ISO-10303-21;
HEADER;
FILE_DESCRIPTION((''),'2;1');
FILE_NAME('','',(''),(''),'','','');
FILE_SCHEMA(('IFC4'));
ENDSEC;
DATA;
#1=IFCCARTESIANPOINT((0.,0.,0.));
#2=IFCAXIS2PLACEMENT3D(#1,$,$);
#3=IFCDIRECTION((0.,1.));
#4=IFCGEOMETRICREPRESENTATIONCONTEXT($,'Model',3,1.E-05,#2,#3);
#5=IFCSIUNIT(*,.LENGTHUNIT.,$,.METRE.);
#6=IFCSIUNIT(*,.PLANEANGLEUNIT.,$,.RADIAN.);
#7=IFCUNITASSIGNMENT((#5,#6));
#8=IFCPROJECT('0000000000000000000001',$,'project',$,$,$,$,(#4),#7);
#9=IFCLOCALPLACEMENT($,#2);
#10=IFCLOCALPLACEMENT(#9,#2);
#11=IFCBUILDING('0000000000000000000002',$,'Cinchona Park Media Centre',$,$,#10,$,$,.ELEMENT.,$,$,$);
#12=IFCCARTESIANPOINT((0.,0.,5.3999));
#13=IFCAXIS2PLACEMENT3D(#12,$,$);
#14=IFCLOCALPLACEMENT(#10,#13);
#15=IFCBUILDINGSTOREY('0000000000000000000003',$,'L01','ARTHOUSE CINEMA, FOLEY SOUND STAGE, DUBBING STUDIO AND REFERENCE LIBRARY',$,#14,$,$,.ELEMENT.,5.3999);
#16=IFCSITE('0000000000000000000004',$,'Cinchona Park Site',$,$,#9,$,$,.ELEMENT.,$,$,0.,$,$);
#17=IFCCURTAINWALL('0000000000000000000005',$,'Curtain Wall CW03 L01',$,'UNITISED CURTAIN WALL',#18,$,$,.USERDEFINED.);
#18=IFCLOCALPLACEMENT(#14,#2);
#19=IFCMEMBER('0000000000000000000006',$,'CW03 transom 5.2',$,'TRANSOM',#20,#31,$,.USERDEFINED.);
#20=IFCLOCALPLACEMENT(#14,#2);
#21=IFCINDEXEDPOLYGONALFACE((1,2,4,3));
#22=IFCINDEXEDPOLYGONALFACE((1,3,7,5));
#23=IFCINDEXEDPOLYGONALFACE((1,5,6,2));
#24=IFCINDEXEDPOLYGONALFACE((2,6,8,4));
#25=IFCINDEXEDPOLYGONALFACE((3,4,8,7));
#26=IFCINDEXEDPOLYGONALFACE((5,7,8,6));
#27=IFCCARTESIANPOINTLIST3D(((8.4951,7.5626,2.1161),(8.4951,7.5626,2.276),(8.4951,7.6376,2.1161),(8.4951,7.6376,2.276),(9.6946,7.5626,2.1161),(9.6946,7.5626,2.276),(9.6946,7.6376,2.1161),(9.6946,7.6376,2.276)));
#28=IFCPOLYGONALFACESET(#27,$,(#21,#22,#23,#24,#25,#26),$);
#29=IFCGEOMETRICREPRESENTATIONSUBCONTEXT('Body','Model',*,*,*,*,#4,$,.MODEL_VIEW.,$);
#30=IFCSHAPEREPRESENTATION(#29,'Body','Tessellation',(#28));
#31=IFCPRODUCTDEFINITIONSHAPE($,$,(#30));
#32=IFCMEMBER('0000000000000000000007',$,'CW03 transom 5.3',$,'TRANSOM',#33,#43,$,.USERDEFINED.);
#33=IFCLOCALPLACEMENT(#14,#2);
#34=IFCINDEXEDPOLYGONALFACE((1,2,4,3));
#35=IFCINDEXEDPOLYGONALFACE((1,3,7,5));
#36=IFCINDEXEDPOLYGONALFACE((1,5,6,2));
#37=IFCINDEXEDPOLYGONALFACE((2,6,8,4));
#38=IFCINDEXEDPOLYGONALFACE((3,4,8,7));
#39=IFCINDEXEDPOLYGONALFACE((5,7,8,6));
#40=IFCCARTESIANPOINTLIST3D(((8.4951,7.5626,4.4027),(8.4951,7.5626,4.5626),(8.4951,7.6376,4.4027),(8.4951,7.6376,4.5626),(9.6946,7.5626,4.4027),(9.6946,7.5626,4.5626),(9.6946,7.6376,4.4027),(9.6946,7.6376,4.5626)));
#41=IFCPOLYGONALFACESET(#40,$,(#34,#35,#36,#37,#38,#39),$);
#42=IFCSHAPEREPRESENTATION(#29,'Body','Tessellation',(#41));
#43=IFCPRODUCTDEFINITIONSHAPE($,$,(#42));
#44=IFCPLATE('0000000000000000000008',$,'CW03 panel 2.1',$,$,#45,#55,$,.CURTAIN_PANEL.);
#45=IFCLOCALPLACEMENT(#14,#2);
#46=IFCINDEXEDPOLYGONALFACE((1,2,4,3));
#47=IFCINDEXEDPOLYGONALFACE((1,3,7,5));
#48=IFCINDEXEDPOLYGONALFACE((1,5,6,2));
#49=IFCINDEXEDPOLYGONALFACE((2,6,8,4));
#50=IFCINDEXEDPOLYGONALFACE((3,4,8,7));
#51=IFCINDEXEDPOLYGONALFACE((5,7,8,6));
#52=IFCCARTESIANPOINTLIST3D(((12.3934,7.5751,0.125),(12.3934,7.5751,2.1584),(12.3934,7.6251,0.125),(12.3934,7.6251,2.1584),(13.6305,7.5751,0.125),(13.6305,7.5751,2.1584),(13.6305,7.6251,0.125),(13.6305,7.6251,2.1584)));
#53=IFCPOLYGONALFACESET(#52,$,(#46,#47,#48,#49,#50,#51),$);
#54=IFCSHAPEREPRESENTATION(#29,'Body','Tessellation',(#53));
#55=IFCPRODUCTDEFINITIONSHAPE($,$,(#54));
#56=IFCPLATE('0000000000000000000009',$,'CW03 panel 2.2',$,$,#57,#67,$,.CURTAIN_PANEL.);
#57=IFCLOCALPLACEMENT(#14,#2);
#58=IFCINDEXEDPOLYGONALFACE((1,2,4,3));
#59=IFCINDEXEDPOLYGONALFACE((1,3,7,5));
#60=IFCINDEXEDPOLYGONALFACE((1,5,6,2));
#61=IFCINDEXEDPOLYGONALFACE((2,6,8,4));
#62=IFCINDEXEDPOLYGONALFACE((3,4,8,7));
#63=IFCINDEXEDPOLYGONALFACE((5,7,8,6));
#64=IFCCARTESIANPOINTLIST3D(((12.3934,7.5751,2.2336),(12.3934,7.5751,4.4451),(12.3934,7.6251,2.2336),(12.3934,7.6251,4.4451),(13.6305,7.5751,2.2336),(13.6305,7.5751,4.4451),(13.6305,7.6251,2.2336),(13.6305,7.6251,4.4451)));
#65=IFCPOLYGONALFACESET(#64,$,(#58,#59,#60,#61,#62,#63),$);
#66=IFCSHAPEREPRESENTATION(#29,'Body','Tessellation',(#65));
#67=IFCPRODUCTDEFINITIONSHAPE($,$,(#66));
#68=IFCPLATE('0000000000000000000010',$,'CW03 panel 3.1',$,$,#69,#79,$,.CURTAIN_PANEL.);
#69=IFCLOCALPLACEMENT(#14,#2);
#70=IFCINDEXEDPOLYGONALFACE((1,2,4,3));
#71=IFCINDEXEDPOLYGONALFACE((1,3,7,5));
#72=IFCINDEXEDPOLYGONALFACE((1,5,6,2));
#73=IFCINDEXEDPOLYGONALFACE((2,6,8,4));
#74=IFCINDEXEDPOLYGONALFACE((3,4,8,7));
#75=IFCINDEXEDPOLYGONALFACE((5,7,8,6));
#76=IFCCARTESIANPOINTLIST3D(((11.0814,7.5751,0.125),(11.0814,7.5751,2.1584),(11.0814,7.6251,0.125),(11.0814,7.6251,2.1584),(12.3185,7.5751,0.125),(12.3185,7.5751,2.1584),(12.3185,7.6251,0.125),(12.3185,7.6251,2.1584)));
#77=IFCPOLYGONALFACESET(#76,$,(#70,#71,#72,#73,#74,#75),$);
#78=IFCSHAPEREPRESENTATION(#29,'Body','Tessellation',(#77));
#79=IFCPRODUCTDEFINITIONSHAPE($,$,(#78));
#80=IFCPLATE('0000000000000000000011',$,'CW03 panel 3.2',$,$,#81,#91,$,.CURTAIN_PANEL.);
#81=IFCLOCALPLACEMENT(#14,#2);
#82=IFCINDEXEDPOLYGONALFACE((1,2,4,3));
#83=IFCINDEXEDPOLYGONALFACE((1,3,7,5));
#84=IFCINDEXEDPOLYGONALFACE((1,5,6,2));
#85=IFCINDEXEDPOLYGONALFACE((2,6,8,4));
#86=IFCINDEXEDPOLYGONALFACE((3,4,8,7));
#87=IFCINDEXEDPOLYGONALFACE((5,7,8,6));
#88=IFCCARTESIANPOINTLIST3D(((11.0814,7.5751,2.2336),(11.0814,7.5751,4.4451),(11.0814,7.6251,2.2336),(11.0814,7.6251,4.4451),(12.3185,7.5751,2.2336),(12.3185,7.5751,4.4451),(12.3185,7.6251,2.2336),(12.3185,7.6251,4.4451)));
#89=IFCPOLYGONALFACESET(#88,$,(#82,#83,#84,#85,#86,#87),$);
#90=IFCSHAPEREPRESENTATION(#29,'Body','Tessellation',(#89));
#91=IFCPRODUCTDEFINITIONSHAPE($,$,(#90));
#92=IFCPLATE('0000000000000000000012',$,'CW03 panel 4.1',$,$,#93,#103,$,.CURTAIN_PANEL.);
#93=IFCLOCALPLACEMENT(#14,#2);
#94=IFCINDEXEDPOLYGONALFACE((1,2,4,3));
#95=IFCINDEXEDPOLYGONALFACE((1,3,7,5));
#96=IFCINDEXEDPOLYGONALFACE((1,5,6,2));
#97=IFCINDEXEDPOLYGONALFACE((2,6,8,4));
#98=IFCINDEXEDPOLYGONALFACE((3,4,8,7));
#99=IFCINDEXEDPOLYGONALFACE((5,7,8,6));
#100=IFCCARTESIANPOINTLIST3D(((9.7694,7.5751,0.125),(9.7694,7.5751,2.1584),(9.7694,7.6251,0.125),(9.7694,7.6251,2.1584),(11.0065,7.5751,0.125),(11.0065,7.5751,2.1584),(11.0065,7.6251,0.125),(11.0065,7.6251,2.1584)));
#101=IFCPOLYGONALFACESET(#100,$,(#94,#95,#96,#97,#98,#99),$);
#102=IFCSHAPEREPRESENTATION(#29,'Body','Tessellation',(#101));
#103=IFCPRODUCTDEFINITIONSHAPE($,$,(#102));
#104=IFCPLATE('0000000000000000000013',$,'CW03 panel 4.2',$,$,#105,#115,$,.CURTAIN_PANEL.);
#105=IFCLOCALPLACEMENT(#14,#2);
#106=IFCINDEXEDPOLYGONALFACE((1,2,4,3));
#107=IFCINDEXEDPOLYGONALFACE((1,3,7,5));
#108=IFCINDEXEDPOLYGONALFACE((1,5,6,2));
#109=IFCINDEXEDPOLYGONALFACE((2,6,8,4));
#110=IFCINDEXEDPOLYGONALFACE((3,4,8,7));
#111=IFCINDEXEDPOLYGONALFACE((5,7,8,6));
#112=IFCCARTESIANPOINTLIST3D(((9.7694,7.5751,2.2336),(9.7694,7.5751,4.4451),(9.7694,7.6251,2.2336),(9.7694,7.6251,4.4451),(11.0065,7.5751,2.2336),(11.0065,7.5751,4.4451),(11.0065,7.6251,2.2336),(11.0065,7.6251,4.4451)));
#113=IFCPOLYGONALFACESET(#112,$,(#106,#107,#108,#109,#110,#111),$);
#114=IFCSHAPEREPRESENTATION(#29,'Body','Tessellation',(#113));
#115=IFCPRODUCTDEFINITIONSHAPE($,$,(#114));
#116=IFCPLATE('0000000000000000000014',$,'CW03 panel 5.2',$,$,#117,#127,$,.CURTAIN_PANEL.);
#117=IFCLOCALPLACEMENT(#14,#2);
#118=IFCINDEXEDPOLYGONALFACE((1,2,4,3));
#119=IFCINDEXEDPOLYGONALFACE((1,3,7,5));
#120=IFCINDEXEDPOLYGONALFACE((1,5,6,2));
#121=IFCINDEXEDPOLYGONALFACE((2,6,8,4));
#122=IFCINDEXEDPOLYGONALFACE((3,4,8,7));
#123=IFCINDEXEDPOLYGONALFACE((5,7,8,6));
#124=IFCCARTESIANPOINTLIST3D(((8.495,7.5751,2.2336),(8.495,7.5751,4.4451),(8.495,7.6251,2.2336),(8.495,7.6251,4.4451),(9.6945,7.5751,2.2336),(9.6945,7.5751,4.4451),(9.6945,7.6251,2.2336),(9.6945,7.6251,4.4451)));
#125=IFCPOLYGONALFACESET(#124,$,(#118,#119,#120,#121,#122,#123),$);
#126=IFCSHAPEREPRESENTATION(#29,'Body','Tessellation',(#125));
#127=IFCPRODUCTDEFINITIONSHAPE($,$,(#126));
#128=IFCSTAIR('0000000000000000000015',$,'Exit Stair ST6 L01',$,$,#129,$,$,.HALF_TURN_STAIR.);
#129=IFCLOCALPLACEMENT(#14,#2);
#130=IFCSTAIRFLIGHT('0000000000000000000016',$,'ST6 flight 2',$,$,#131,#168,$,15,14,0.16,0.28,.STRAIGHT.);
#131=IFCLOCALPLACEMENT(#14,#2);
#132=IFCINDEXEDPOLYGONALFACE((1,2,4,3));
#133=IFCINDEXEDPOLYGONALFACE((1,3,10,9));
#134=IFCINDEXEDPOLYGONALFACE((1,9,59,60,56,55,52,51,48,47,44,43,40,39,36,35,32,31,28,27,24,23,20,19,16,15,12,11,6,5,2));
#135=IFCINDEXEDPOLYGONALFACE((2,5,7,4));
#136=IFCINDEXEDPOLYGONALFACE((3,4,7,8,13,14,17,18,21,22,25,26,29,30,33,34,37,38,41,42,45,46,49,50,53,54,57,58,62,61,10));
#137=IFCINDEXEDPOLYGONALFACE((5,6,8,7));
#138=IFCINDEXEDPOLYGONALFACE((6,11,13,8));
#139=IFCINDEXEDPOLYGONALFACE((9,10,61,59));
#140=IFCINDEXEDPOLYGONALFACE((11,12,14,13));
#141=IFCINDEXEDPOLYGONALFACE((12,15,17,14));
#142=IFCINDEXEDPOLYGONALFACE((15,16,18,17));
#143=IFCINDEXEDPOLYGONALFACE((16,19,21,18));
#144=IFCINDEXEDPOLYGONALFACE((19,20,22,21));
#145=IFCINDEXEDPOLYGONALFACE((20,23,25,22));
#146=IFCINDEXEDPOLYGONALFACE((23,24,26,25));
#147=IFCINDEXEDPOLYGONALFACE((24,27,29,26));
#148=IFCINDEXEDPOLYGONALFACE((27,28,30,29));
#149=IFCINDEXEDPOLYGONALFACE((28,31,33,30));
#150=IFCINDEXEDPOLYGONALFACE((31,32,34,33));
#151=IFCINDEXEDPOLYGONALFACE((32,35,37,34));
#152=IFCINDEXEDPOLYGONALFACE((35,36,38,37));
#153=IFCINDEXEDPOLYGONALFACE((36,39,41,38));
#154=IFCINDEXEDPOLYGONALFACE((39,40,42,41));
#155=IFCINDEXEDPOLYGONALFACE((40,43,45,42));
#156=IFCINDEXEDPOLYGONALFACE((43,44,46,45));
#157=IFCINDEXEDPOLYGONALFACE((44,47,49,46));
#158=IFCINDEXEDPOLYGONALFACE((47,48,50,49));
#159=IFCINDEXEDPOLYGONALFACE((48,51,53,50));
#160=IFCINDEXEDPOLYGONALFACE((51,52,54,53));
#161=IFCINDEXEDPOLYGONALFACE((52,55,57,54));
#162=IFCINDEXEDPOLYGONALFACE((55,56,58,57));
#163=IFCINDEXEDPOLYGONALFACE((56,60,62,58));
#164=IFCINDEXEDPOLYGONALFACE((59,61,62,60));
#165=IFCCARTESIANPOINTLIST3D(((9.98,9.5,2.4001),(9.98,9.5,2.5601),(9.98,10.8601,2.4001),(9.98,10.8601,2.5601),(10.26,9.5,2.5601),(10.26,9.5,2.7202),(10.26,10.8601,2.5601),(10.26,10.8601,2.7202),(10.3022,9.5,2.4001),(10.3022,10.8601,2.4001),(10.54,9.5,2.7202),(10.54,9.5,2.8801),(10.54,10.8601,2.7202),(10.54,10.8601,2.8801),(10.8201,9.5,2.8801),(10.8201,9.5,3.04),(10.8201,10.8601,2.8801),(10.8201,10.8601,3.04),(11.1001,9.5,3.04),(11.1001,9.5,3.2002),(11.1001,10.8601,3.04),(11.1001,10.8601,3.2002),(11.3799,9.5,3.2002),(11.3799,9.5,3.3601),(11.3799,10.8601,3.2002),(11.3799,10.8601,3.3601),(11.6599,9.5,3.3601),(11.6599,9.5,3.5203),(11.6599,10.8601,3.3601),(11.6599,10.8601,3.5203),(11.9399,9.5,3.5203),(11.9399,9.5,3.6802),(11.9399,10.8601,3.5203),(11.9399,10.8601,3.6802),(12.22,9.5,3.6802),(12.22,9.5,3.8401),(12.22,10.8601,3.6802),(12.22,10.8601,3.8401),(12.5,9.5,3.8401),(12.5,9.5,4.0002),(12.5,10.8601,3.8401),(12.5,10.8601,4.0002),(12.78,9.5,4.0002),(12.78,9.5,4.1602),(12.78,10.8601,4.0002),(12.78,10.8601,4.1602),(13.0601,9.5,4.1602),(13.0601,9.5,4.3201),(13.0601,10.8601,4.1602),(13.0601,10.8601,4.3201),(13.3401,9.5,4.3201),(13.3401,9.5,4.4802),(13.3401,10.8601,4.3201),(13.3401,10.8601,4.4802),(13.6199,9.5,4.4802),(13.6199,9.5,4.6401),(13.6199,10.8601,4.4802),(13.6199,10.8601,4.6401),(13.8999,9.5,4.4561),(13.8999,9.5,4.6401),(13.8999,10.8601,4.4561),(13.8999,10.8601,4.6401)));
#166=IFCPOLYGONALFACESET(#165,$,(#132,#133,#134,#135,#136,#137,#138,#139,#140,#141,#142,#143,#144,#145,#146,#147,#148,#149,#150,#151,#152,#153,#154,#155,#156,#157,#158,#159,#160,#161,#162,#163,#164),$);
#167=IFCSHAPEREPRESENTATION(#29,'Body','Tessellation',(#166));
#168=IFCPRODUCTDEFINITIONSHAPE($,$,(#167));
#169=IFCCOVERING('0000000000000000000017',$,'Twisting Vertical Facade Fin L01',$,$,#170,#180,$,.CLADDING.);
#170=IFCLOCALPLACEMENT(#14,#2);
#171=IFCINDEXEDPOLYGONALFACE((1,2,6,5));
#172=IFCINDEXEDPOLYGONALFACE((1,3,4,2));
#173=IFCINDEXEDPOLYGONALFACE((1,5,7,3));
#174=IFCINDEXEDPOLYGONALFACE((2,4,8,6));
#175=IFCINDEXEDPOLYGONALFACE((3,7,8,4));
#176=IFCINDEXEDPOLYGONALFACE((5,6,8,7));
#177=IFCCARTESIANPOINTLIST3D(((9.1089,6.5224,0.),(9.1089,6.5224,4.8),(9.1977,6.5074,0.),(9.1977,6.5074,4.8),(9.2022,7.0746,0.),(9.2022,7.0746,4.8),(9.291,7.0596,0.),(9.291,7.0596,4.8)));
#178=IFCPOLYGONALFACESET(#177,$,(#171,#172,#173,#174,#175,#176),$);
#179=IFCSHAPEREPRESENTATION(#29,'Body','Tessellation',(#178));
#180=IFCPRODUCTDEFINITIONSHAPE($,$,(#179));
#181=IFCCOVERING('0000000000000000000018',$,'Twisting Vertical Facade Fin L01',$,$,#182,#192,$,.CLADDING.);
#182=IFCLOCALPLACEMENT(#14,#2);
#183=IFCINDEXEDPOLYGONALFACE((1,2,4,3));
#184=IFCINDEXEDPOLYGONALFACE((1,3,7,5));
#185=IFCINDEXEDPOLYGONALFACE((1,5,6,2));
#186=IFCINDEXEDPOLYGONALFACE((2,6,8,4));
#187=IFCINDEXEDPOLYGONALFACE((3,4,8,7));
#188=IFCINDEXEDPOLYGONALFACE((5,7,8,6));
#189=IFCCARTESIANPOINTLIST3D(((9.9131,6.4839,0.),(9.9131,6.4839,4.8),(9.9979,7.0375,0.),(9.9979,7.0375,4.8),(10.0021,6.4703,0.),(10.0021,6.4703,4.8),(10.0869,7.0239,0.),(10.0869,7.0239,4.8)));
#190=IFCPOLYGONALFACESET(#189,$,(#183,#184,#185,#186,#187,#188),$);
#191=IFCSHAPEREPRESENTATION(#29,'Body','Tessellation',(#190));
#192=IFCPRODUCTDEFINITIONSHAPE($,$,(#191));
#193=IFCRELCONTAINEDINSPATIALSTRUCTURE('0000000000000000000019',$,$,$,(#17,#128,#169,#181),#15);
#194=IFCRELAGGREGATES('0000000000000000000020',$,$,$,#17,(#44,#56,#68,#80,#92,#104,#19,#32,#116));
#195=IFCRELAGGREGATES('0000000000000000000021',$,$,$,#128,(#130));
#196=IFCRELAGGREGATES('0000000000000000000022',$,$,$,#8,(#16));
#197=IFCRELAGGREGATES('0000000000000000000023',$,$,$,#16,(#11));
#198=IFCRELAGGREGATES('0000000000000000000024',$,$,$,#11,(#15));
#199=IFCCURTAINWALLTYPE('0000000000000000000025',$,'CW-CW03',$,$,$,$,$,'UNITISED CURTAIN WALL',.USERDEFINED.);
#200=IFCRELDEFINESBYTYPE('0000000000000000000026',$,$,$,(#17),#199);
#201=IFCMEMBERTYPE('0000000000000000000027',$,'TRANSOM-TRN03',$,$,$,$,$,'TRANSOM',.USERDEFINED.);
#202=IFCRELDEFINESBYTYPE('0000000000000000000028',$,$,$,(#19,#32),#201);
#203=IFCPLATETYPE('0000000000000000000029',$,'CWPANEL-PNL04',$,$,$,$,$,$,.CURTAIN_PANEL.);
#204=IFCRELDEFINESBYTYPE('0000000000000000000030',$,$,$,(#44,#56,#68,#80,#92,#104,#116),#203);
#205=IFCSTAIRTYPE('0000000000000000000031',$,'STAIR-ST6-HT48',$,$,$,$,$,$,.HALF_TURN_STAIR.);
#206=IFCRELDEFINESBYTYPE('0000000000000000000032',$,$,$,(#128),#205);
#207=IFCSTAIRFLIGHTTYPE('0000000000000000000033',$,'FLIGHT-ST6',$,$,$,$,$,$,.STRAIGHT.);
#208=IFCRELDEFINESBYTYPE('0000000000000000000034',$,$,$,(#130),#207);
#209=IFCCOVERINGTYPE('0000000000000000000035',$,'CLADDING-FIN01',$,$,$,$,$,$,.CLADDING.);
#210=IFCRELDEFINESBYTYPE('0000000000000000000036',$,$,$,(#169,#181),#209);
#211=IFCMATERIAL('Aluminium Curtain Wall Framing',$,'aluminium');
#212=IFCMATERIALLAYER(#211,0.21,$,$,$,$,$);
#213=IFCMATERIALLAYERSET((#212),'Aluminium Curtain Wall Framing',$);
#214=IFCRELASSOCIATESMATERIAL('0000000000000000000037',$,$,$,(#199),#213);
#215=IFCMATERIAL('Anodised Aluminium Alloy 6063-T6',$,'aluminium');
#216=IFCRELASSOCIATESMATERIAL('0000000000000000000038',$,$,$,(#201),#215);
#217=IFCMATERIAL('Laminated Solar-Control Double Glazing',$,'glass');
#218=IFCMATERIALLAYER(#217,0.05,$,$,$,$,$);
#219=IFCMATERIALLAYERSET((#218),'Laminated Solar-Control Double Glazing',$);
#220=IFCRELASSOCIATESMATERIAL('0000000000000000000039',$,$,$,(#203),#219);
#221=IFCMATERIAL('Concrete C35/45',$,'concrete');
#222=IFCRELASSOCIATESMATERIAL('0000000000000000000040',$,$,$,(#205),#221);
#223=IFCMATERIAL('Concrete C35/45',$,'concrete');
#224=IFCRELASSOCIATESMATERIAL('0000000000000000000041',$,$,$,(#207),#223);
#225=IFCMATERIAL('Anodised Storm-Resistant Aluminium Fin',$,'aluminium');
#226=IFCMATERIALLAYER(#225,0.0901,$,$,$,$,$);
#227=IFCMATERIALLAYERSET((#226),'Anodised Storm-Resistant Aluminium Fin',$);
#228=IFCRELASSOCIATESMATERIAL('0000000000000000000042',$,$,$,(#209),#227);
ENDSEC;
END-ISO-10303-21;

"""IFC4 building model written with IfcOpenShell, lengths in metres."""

from ifc_helpers import new_model, si_unit, direction, frame, origin, origin_2d, place, context, subcontext, project, spatial, polyline, rectangle, outline, extrude, material, layer, layer_set, material_profile, profile_set, type_object, element, aggregate, save


model = new_model("IFC4")

# Units and contexts
model_context = context("Model", 3, precision=1e-05, world=origin(), true_north=direction((0.0, 1.0)))
body_context = subcontext(model_context, "Body", "Model", "MODEL_VIEW")
ifc_project = project(units=[si_unit("LENGTHUNIT", "METRE"), si_unit("PLANEANGLEUNIT", "RADIAN")], contexts=[model_context])

# Site, building, storey
site_placement = place(None, origin())
site = spatial("IfcSite", under=ifc_project, at=site_placement, Name="Cinchona Park Site", CompositionType="ELEMENT", RefElevation=0.0)
building_placement = place(site_placement, origin())
building = spatial("IfcBuilding", under=site, at=building_placement, Name="Cinchona Park Media Centre", CompositionType="ELEMENT")
storey_placement = place(building_placement, frame((0.0, 0.0, 5.3999)))
storey = spatial("IfcBuildingStorey", under=building, at=storey_placement, Name="L01", Description="ARTHOUSE CINEMA, FOLEY SOUND STAGE, DUBBING STUDIO AND REFERENCE LIBRARY", CompositionType="ELEMENT", Elevation=5.3999)

# Curtain wall, members, plates
ifc_material_1 = material(Name="Aluminium Curtain Wall Framing", Category="aluminium")
ifc_layer_1 = layer(ifc_material_1, 0.21)
ifc_layer_set_1 = layer_set([ifc_layer_1], Name="Aluminium Curtain Wall Framing")
curtain_wall_type = type_object("IfcCurtainWallType", Name="CW-CW03", ElementType="UNITISED CURTAIN WALL", PredefinedType="USERDEFINED", material=ifc_layer_set_1)
curtain_wall_placement = place(storey_placement, origin())
curtain_wall = element("IfcCurtainWall", 1, at=curtain_wall_placement, inside=storey, type_object=curtain_wall_type, Name="Curtain Wall CW03 L01", ObjectType="UNITISED CURTAIN WALL", PredefinedType="USERDEFINED")
ifc_material_2 = material(Name="Anodised Aluminium Alloy 6063-T6", Category="aluminium")
ifc_material_profile_1 = material_profile(ifc_material_2, rectangle(XDim=0.075, YDim=0.1599, at=origin_2d()), Name="TRN-75X160")
ifc_profile_set_1 = profile_set([ifc_material_profile_1], Name="Anodised Aluminium Alloy 6063-T6")
member_type_1 = type_object("IfcMemberType", Name="TRANSOM-TRN03", ElementType="TRANSOM", PredefinedType="USERDEFINED", material=ifc_profile_set_1)
member_1_placement = place(storey_placement, frame((9.6946, 7.6001, 2.196), z_axis=(-1.0, 0.0, 0.0), x_axis=(0.0, -1.0, 0.0)))
member_1 = element("IfcMember", 2, at=member_1_placement, type_object=member_type_1, Name="CW03 transom 5.2", ObjectType="TRANSOM", PredefinedType="USERDEFINED", context=body_context, shape_type="SweptSolid", body=[
    extrude(rectangle(XDim=0.075, YDim=0.1599, at=origin_2d()), origin(), (0.0, 0.0, 1.0), 1.1995),
])
member_2_placement = place(storey_placement, frame((9.6946, 7.6001, 4.4827), z_axis=(-1.0, 0.0, 0.0), x_axis=(0.0, -1.0, 0.0)))
member_2 = element("IfcMember", 3, at=member_2_placement, type_object=member_type_1, Name="CW03 transom 5.3", ObjectType="TRANSOM", PredefinedType="USERDEFINED", context=body_context, shape_type="SweptSolid", body=[
    extrude(rectangle(XDim=0.075, YDim=0.1599, at=origin_2d()), origin(), (0.0, 0.0, 1.0), 1.1995),
])
ifc_material_3 = material(Name="Laminated Solar-Control Double Glazing", Category="glass")
ifc_layer_2 = layer(ifc_material_3, 0.05)
ifc_layer_set_2 = layer_set([ifc_layer_2], Name="Laminated Solar-Control Double Glazing")
plate_type = type_object("IfcPlateType", Name="CWPANEL-PNL04", PredefinedType="CURTAIN_PANEL", material=ifc_layer_set_2)
plate_1_placement = place(storey_placement, frame((13.012, 7.6001, 0.125), z_axis=(0.0, 0.0, 1.0), x_axis=(-1.0, 0.0, 0.0)))
plate_1 = element("IfcPlate", 4, at=plate_1_placement, type_object=plate_type, Name="CW03 panel 2.1", PredefinedType="CURTAIN_PANEL", context=body_context, shape_type="SweptSolid", body=[
    extrude(rectangle(XDim=1.2371, YDim=0.05, at=origin_2d()), origin(), (0.0, 0.0, 1.0), 2.0334),
])
plate_2_placement = place(storey_placement, frame((13.012, 7.6001, 2.2336), z_axis=(0.0, 0.0, 1.0), x_axis=(-1.0, 0.0, 0.0)))
plate_2 = element("IfcPlate", 5, at=plate_2_placement, type_object=plate_type, Name="CW03 panel 2.2", PredefinedType="CURTAIN_PANEL", context=body_context, shape_type="SweptSolid", body=[
    extrude(rectangle(XDim=1.2371, YDim=0.05, at=origin_2d()), origin(), (0.0, 0.0, 1.0), 2.2114),
])
plate_3_placement = place(storey_placement, frame((11.7, 7.6001, 0.125), z_axis=(0.0, 0.0, 1.0), x_axis=(-1.0, 0.0, 0.0)))
plate_3 = element("IfcPlate", 6, at=plate_3_placement, type_object=plate_type, Name="CW03 panel 3.1", PredefinedType="CURTAIN_PANEL", context=body_context, shape_type="SweptSolid", body=[
    extrude(rectangle(XDim=1.2371, YDim=0.05, at=origin_2d()), origin(), (0.0, 0.0, 1.0), 2.0334),
])
plate_4_placement = place(storey_placement, frame((11.7, 7.6001, 2.2336), z_axis=(0.0, 0.0, 1.0), x_axis=(-1.0, 0.0, 0.0)))
plate_4 = element("IfcPlate", 7, at=plate_4_placement, type_object=plate_type, Name="CW03 panel 3.2", PredefinedType="CURTAIN_PANEL", context=body_context, shape_type="SweptSolid", body=[
    extrude(rectangle(XDim=1.2371, YDim=0.05, at=origin_2d()), origin(), (0.0, 0.0, 1.0), 2.2114),
])
plate_5_placement = place(storey_placement, frame((10.3879, 7.6001, 0.125), z_axis=(0.0, 0.0, 1.0), x_axis=(-1.0, 0.0, 0.0)))
plate_5 = element("IfcPlate", 8, at=plate_5_placement, type_object=plate_type, Name="CW03 panel 4.1", PredefinedType="CURTAIN_PANEL", context=body_context, shape_type="SweptSolid", body=[
    extrude(rectangle(XDim=1.2371, YDim=0.05, at=origin_2d()), origin(), (0.0, 0.0, 1.0), 2.0334),
])
plate_6_placement = place(storey_placement, frame((10.3879, 7.6001, 2.2336), z_axis=(0.0, 0.0, 1.0), x_axis=(-1.0, 0.0, 0.0)))
plate_6 = element("IfcPlate", 9, at=plate_6_placement, type_object=plate_type, Name="CW03 panel 4.2", PredefinedType="CURTAIN_PANEL", context=body_context, shape_type="SweptSolid", body=[
    extrude(rectangle(XDim=1.2371, YDim=0.05, at=origin_2d()), origin(), (0.0, 0.0, 1.0), 2.2114),
])
plate_7_placement = place(storey_placement, frame((9.0947, 7.6001, 2.2336), z_axis=(0.0, 0.0, 1.0), x_axis=(-1.0, 0.0, 0.0)))
plate_7 = element("IfcPlate", 10, at=plate_7_placement, type_object=plate_type, Name="CW03 panel 5.2", PredefinedType="CURTAIN_PANEL", context=body_context, shape_type="SweptSolid", body=[
    extrude(rectangle(XDim=1.1995, YDim=0.05, at=origin_2d()), origin(), (0.0, 0.0, 1.0), 2.2114),
])
aggregate(curtain_wall, [plate_1, plate_2, plate_3, plate_4, plate_5, plate_6, member_1, member_2, plate_7])

# Stair, stair flight
ifc_material_4 = material(Name="Concrete C35/45", Category="concrete")
stair_type = type_object("IfcStairType", Name="STAIR-ST6-HT48", PredefinedType="HALF_TURN_STAIR", material=ifc_material_4)
stair_placement = place(storey_placement, origin())
stair = element("IfcStair", 11, at=stair_placement, inside=storey, type_object=stair_type, Name="Exit Stair ST6 L01", PredefinedType="HALF_TURN_STAIR")
ifc_material_5 = material(Name="Concrete C35/45", Category="concrete")
stair_flight_type = type_object("IfcStairFlightType", Name="FLIGHT-ST6", PredefinedType="STRAIGHT", material=ifc_material_5)
stair_flight_placement = place(storey_placement, frame((9.98, 10.1799, 2.4001), z_axis=(0.0, 0.0, 1.0), x_axis=(1.0, 0.0, 0.0)))
stair_flight = element("IfcStairFlight", 12, at=stair_flight_placement, type_object=stair_flight_type, Name="ST6 flight 2", NumberOfRisers=15, NumberOfTreads=14, PredefinedType="STRAIGHT", RiserHeight=0.16, TreadLength=0.28, context=body_context, shape_type="SweptSolid", body=[
    extrude(outline(polyline([(0.0, 0.0), (0.0, 0.1599), (0.28, 0.1599), (0.28, 0.3201), (0.5601, 0.3201), (0.5601, 0.48), (0.8401, 0.48), (0.8401, 0.6399), (1.1201, 0.6399), (1.1201, 0.8), (1.3999, 0.8), (1.3999, 0.96), (1.6799, 0.96), (1.6799, 1.1201), (1.96, 1.1201), (1.96, 1.28), (2.24, 1.28), (2.24, 1.4399), (2.52, 1.4399), (2.52, 1.6001), (2.8, 1.6001), (2.8, 1.76), (3.0801, 1.76), (3.0801, 1.9199), (3.3601, 1.9199), (3.3601, 2.0801), (3.6399, 2.0801), (3.6399, 2.24), (3.9199, 2.24), (3.9199, 2.3999), (3.9199, 2.0559), (0.3223, 0.0), (0.0, 0.0)])), frame((0.0, 0.6802, 0.0), z_axis=(0.0, -1.0, 0.0), x_axis=(1.0, 0.0, 0.0)), (0.0, 0.0, 1.0), 1.3601),
])
aggregate(stair, [stair_flight])

# Coverings
ifc_material_6 = material(Name="Anodised Storm-Resistant Aluminium Fin", Category="aluminium")
ifc_layer_3 = layer(ifc_material_6, 0.0901)
ifc_layer_set_3 = layer_set([ifc_layer_3], Name="Anodised Storm-Resistant Aluminium Fin")
covering_type = type_object("IfcCoveringType", Name="CLADDING-FIN01", PredefinedType="CLADDING", material=ifc_layer_set_3)
for number, where, z_axis, x_axis, name in (
    (13, (9.2, 6.791, 0.0), (0.0, 0.0, 1.0), (0.166597, 0.986025, 0.0), "Twisting Vertical Facade Fin L01"),
    (14, (10.0, 6.7539, 0.0), (0.0, 0.0, 1.0), (0.151433, 0.988467, 0.0), "Twisting Vertical Facade Fin L01"),
):
    element("IfcCovering", number, at=place(storey_placement, frame(where, z_axis=z_axis, x_axis=x_axis)), inside=storey, type_object=covering_type, Name=name, PredefinedType="CLADDING", context=body_context, shape_type="SweptSolid", body=[
        extrude(rectangle(XDim=0.5601, YDim=0.0901, at=origin_2d()), origin(), (0.0, 0.0, 1.0), 4.8),
    ])

save(model, "model.ifc")
